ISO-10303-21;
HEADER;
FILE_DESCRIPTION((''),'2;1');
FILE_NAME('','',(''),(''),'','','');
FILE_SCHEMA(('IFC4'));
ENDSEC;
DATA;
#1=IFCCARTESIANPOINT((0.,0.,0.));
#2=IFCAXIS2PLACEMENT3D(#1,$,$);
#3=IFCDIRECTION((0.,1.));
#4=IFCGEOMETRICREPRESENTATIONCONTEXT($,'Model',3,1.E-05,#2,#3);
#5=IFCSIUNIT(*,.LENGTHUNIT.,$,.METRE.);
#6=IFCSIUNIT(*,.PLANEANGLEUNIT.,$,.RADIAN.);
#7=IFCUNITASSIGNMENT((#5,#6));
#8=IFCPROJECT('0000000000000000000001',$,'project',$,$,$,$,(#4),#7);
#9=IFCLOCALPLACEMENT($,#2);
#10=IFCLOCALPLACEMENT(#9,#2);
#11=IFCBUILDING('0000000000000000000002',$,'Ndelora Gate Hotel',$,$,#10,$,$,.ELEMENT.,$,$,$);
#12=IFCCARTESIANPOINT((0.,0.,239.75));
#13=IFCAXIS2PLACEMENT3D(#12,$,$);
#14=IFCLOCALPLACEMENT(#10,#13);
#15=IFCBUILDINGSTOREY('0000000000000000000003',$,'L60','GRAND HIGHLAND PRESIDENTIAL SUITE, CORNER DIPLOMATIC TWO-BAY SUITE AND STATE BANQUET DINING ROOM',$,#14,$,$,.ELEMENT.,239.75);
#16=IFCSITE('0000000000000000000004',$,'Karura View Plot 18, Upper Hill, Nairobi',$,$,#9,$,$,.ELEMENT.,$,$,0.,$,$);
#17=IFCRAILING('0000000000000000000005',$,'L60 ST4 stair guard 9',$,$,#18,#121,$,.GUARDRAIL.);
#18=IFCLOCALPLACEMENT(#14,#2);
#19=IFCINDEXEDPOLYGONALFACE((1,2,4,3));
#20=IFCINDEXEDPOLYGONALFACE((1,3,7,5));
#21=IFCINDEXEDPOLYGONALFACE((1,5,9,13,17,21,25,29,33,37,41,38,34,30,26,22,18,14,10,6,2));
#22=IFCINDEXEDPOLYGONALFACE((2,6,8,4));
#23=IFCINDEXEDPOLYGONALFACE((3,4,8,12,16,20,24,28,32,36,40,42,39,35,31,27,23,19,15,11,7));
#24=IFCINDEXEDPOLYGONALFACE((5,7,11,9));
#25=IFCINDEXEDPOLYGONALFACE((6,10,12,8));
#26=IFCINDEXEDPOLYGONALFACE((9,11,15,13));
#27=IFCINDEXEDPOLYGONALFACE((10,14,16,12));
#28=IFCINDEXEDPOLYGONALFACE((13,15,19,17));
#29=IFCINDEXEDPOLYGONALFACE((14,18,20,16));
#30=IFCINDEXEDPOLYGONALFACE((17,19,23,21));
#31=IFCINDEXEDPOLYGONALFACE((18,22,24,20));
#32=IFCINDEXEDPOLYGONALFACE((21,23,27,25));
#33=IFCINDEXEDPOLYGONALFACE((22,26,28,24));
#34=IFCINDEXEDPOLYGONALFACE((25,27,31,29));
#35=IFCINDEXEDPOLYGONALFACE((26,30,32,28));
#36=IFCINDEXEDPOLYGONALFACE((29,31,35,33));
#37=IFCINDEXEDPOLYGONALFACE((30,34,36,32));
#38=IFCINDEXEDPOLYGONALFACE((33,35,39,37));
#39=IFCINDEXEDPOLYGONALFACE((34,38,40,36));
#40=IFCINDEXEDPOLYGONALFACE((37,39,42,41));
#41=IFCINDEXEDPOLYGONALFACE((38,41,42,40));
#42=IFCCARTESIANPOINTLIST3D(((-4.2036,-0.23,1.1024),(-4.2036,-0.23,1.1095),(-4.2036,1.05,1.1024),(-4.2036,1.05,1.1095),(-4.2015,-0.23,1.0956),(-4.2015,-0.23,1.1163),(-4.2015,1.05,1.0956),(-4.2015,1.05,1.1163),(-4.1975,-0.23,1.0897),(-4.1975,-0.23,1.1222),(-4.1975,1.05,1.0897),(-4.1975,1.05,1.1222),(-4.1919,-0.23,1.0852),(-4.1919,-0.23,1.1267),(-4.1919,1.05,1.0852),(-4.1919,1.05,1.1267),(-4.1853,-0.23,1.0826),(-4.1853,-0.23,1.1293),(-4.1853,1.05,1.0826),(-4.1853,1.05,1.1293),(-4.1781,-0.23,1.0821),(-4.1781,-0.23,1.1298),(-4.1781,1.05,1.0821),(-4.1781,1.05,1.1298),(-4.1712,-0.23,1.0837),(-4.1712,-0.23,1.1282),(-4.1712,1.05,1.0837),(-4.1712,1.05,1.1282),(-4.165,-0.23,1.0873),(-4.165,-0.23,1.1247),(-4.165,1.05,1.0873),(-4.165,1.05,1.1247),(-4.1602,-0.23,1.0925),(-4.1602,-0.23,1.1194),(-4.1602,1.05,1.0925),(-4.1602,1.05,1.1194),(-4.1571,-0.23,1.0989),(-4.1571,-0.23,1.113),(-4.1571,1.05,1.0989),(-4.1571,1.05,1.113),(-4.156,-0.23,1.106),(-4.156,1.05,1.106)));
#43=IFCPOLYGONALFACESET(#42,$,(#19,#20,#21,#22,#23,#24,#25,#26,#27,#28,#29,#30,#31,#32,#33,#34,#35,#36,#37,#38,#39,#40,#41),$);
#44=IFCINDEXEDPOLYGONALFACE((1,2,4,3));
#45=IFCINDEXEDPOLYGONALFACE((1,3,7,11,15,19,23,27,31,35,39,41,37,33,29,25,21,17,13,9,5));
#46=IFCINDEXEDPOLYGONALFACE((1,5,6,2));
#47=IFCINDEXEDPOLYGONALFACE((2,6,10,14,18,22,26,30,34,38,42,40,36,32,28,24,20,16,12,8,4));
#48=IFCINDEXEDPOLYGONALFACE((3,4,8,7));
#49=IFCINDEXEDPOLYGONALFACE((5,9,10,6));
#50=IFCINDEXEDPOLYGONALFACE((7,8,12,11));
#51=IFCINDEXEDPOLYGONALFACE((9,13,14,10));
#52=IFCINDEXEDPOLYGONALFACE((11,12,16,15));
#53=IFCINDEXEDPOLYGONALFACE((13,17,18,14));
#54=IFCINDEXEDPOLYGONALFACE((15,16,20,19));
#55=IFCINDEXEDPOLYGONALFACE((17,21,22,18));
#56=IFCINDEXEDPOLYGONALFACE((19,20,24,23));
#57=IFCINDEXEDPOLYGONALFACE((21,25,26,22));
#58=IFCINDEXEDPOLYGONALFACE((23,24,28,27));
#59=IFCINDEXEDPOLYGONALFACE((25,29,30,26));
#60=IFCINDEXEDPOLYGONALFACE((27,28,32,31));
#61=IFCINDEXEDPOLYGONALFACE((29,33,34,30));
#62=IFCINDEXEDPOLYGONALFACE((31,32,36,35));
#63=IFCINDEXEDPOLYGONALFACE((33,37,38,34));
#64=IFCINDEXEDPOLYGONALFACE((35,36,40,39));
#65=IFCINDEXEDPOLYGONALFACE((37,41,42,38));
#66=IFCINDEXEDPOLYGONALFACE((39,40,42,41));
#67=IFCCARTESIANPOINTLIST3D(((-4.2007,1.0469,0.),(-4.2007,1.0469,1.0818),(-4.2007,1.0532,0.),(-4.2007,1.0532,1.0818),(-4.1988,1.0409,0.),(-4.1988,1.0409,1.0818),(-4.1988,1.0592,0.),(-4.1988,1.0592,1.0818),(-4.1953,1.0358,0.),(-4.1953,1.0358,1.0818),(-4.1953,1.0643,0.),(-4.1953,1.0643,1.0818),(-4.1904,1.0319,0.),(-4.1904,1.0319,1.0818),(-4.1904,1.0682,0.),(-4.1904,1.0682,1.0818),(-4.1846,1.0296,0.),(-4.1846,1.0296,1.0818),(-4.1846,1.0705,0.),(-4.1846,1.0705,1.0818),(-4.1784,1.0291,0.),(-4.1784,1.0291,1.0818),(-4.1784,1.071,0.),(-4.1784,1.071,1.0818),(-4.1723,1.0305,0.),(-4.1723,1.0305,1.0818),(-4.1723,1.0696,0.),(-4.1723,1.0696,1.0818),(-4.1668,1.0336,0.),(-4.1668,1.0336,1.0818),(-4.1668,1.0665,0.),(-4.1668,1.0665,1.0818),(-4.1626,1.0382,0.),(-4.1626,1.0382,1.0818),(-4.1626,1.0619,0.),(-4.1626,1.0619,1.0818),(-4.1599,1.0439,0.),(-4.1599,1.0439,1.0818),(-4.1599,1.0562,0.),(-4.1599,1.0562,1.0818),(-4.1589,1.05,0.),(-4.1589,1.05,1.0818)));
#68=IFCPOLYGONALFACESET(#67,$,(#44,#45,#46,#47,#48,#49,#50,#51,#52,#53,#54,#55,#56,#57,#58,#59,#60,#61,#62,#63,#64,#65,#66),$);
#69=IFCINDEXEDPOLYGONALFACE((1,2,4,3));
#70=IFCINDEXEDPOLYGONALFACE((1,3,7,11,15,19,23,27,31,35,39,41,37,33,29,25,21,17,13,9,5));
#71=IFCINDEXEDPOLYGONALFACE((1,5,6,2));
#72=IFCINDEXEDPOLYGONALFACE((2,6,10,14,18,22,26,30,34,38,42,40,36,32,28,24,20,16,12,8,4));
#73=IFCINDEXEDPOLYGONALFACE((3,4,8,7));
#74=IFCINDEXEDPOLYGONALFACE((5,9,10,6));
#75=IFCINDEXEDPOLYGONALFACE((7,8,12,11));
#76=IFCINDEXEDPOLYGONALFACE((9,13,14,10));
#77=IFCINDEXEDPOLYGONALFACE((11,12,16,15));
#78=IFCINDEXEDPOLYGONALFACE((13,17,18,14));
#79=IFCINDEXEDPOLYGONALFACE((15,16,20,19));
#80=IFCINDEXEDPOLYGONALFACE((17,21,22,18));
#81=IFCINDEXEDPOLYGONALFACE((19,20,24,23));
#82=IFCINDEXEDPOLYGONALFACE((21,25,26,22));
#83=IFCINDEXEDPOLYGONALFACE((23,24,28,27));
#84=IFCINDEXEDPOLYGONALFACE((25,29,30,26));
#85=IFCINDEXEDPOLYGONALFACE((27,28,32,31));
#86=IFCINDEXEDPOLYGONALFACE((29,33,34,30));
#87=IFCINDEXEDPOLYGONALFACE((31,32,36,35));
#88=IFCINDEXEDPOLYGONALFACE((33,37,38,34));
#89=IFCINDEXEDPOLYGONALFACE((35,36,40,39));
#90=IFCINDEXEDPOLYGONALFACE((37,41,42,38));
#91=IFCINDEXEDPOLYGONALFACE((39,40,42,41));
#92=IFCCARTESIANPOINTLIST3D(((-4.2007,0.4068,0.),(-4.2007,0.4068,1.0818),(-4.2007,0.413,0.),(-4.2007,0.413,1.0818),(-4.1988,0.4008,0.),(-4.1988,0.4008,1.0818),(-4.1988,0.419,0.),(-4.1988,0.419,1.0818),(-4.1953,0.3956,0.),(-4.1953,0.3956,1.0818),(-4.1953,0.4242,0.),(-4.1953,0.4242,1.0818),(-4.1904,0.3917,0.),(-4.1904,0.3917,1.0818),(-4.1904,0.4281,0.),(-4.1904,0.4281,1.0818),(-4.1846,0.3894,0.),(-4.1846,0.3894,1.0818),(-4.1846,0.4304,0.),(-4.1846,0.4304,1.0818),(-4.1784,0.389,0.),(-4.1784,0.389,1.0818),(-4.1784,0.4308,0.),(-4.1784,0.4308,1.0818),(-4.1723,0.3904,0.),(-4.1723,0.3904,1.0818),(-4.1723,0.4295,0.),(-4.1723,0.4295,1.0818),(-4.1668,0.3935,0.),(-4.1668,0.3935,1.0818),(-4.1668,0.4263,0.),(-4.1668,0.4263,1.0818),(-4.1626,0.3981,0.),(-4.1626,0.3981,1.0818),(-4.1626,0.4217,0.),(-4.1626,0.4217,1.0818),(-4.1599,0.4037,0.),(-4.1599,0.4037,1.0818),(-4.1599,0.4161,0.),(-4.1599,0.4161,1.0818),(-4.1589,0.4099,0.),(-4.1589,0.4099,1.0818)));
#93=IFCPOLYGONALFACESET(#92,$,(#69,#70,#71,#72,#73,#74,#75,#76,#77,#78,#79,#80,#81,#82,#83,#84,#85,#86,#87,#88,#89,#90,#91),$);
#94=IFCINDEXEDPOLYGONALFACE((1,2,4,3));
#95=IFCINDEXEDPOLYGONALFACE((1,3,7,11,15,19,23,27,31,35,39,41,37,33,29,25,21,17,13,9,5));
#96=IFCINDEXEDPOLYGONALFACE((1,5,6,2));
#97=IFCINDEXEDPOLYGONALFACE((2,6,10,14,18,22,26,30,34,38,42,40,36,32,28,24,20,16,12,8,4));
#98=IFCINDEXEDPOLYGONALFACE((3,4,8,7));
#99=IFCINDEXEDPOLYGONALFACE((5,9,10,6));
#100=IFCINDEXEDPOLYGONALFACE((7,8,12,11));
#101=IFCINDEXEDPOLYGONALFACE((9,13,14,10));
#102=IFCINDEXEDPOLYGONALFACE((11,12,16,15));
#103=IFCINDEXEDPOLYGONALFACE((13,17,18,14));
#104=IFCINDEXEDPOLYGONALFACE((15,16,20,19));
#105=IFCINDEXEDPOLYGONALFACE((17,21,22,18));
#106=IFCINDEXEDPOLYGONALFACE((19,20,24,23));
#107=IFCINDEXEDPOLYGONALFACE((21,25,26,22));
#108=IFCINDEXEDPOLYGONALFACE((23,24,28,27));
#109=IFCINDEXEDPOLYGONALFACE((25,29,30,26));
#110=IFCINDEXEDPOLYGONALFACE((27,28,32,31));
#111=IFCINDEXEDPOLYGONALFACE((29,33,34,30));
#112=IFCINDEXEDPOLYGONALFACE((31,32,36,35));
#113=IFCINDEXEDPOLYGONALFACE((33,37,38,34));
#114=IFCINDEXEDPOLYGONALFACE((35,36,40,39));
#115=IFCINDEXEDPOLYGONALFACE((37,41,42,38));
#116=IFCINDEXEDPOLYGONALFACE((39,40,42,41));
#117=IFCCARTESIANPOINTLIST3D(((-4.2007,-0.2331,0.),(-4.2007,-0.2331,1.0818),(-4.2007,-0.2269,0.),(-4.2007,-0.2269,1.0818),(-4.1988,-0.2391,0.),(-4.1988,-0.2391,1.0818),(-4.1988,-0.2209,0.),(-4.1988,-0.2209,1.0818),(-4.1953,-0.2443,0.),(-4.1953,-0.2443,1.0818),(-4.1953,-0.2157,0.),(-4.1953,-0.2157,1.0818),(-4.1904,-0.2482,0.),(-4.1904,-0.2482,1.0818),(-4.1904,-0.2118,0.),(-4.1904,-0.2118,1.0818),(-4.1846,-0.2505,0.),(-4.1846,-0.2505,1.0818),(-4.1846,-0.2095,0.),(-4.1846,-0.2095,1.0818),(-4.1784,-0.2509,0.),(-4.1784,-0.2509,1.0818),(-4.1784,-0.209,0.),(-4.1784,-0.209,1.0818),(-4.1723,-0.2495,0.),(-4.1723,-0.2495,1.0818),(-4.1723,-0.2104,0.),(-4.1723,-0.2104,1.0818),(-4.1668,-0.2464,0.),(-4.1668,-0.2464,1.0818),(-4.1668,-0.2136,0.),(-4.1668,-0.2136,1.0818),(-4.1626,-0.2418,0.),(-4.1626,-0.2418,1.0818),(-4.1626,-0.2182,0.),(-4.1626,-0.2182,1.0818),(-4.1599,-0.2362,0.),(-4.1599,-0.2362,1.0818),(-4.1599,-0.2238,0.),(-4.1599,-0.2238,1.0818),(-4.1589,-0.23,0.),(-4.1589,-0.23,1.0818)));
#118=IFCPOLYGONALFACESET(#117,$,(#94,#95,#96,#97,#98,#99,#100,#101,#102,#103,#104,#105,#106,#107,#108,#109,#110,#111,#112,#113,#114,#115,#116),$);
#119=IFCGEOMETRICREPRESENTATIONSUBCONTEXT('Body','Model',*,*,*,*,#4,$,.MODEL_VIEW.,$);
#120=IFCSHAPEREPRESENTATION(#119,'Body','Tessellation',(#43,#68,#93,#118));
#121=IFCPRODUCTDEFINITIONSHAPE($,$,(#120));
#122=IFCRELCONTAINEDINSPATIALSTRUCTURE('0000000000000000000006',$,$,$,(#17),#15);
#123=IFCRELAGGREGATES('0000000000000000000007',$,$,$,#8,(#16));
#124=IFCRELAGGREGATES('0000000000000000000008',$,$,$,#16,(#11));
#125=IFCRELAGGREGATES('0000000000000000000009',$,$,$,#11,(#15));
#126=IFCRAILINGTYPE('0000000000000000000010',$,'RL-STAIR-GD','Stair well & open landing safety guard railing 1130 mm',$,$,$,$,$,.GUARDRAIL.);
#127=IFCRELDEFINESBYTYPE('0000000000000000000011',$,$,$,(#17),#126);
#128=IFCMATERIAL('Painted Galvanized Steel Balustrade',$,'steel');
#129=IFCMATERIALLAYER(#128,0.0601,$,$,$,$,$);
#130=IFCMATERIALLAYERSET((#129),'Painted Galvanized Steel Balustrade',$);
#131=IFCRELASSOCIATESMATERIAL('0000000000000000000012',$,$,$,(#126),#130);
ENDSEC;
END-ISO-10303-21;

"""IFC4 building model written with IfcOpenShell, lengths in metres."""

from ifc_helpers import new_model, si_unit, direction, frame, origin, origin_2d, place, context, subcontext, project, spatial, circle, extrude, material, layer, layer_set, type_object, element, save


model = new_model("IFC4")

# Units and contexts
model_context = context("Model", 3, precision=1e-05, world=origin(), true_north=direction((0.0, 1.0)))
body_context = subcontext(model_context, "Body", "Model", "MODEL_VIEW")
ifc_project = project(units=[si_unit("LENGTHUNIT", "METRE"), si_unit("PLANEANGLEUNIT", "RADIAN")], contexts=[model_context])

# Site, building, storey
site_placement = place(None, origin())
site = spatial("IfcSite", under=ifc_project, at=site_placement, Name="Karura View Plot 18, Upper Hill, Nairobi", CompositionType="ELEMENT", RefElevation=0.0)
building_placement = place(site_placement, origin())
building = spatial("IfcBuilding", under=site, at=building_placement, Name="Ndelora Gate Hotel", CompositionType="ELEMENT")
storey_placement = place(building_placement, frame((0.0, 0.0, 239.75)))
storey = spatial("IfcBuildingStorey", under=building, at=storey_placement, Name="L60", Description="GRAND HIGHLAND PRESIDENTIAL SUITE, CORNER DIPLOMATIC TWO-BAY SUITE AND STATE BANQUET DINING ROOM", CompositionType="ELEMENT", Elevation=239.75)

# Railing
ifc_material_1 = material(Name="Painted Galvanized Steel Balustrade", Category="steel")
ifc_layer_1 = layer(ifc_material_1, 0.0601)
ifc_layer_set_1 = layer_set([ifc_layer_1], Name="Painted Galvanized Steel Balustrade")
railing_type = type_object("IfcRailingType", Name="RL-STAIR-GD", Description="Stair well & open landing safety guard railing 1130 mm", PredefinedType="GUARDRAIL", material=ifc_layer_set_1)
for number, where, name in (
    (1, (-4.1799, 1.05, 0.0), "L60 ST4 stair guard 9"),
):
    element("IfcRailing", number, at=place(storey_placement, frame(where)), inside=storey, type_object=railing_type, Name=name, PredefinedType="GUARDRAIL", context=body_context, shape_type="SweptSolid", body=[
        extrude(circle(Radius=0.0239, at=origin_2d()), frame((0.0, 0.0, 1.106), z_axis=(0.0, -1.0, 0.0), x_axis=(1.0, 0.0, 0.0)), (0.0, 0.0, 1.0), 1.28),
        extrude(circle(Radius=0.021, at=origin_2d()), origin(), (0.0, 0.0, 1.0), 1.0818),
        extrude(circle(Radius=0.021, at=origin_2d()), frame((0.0, -0.6401, 0.0)), (0.0, 0.0, 1.0), 1.0818),
        extrude(circle(Radius=0.021, at=origin_2d()), frame((0.0, -1.28, 0.0)), (0.0, 0.0, 1.0), 1.0818),
    ])

save(model, "model.ifc")
